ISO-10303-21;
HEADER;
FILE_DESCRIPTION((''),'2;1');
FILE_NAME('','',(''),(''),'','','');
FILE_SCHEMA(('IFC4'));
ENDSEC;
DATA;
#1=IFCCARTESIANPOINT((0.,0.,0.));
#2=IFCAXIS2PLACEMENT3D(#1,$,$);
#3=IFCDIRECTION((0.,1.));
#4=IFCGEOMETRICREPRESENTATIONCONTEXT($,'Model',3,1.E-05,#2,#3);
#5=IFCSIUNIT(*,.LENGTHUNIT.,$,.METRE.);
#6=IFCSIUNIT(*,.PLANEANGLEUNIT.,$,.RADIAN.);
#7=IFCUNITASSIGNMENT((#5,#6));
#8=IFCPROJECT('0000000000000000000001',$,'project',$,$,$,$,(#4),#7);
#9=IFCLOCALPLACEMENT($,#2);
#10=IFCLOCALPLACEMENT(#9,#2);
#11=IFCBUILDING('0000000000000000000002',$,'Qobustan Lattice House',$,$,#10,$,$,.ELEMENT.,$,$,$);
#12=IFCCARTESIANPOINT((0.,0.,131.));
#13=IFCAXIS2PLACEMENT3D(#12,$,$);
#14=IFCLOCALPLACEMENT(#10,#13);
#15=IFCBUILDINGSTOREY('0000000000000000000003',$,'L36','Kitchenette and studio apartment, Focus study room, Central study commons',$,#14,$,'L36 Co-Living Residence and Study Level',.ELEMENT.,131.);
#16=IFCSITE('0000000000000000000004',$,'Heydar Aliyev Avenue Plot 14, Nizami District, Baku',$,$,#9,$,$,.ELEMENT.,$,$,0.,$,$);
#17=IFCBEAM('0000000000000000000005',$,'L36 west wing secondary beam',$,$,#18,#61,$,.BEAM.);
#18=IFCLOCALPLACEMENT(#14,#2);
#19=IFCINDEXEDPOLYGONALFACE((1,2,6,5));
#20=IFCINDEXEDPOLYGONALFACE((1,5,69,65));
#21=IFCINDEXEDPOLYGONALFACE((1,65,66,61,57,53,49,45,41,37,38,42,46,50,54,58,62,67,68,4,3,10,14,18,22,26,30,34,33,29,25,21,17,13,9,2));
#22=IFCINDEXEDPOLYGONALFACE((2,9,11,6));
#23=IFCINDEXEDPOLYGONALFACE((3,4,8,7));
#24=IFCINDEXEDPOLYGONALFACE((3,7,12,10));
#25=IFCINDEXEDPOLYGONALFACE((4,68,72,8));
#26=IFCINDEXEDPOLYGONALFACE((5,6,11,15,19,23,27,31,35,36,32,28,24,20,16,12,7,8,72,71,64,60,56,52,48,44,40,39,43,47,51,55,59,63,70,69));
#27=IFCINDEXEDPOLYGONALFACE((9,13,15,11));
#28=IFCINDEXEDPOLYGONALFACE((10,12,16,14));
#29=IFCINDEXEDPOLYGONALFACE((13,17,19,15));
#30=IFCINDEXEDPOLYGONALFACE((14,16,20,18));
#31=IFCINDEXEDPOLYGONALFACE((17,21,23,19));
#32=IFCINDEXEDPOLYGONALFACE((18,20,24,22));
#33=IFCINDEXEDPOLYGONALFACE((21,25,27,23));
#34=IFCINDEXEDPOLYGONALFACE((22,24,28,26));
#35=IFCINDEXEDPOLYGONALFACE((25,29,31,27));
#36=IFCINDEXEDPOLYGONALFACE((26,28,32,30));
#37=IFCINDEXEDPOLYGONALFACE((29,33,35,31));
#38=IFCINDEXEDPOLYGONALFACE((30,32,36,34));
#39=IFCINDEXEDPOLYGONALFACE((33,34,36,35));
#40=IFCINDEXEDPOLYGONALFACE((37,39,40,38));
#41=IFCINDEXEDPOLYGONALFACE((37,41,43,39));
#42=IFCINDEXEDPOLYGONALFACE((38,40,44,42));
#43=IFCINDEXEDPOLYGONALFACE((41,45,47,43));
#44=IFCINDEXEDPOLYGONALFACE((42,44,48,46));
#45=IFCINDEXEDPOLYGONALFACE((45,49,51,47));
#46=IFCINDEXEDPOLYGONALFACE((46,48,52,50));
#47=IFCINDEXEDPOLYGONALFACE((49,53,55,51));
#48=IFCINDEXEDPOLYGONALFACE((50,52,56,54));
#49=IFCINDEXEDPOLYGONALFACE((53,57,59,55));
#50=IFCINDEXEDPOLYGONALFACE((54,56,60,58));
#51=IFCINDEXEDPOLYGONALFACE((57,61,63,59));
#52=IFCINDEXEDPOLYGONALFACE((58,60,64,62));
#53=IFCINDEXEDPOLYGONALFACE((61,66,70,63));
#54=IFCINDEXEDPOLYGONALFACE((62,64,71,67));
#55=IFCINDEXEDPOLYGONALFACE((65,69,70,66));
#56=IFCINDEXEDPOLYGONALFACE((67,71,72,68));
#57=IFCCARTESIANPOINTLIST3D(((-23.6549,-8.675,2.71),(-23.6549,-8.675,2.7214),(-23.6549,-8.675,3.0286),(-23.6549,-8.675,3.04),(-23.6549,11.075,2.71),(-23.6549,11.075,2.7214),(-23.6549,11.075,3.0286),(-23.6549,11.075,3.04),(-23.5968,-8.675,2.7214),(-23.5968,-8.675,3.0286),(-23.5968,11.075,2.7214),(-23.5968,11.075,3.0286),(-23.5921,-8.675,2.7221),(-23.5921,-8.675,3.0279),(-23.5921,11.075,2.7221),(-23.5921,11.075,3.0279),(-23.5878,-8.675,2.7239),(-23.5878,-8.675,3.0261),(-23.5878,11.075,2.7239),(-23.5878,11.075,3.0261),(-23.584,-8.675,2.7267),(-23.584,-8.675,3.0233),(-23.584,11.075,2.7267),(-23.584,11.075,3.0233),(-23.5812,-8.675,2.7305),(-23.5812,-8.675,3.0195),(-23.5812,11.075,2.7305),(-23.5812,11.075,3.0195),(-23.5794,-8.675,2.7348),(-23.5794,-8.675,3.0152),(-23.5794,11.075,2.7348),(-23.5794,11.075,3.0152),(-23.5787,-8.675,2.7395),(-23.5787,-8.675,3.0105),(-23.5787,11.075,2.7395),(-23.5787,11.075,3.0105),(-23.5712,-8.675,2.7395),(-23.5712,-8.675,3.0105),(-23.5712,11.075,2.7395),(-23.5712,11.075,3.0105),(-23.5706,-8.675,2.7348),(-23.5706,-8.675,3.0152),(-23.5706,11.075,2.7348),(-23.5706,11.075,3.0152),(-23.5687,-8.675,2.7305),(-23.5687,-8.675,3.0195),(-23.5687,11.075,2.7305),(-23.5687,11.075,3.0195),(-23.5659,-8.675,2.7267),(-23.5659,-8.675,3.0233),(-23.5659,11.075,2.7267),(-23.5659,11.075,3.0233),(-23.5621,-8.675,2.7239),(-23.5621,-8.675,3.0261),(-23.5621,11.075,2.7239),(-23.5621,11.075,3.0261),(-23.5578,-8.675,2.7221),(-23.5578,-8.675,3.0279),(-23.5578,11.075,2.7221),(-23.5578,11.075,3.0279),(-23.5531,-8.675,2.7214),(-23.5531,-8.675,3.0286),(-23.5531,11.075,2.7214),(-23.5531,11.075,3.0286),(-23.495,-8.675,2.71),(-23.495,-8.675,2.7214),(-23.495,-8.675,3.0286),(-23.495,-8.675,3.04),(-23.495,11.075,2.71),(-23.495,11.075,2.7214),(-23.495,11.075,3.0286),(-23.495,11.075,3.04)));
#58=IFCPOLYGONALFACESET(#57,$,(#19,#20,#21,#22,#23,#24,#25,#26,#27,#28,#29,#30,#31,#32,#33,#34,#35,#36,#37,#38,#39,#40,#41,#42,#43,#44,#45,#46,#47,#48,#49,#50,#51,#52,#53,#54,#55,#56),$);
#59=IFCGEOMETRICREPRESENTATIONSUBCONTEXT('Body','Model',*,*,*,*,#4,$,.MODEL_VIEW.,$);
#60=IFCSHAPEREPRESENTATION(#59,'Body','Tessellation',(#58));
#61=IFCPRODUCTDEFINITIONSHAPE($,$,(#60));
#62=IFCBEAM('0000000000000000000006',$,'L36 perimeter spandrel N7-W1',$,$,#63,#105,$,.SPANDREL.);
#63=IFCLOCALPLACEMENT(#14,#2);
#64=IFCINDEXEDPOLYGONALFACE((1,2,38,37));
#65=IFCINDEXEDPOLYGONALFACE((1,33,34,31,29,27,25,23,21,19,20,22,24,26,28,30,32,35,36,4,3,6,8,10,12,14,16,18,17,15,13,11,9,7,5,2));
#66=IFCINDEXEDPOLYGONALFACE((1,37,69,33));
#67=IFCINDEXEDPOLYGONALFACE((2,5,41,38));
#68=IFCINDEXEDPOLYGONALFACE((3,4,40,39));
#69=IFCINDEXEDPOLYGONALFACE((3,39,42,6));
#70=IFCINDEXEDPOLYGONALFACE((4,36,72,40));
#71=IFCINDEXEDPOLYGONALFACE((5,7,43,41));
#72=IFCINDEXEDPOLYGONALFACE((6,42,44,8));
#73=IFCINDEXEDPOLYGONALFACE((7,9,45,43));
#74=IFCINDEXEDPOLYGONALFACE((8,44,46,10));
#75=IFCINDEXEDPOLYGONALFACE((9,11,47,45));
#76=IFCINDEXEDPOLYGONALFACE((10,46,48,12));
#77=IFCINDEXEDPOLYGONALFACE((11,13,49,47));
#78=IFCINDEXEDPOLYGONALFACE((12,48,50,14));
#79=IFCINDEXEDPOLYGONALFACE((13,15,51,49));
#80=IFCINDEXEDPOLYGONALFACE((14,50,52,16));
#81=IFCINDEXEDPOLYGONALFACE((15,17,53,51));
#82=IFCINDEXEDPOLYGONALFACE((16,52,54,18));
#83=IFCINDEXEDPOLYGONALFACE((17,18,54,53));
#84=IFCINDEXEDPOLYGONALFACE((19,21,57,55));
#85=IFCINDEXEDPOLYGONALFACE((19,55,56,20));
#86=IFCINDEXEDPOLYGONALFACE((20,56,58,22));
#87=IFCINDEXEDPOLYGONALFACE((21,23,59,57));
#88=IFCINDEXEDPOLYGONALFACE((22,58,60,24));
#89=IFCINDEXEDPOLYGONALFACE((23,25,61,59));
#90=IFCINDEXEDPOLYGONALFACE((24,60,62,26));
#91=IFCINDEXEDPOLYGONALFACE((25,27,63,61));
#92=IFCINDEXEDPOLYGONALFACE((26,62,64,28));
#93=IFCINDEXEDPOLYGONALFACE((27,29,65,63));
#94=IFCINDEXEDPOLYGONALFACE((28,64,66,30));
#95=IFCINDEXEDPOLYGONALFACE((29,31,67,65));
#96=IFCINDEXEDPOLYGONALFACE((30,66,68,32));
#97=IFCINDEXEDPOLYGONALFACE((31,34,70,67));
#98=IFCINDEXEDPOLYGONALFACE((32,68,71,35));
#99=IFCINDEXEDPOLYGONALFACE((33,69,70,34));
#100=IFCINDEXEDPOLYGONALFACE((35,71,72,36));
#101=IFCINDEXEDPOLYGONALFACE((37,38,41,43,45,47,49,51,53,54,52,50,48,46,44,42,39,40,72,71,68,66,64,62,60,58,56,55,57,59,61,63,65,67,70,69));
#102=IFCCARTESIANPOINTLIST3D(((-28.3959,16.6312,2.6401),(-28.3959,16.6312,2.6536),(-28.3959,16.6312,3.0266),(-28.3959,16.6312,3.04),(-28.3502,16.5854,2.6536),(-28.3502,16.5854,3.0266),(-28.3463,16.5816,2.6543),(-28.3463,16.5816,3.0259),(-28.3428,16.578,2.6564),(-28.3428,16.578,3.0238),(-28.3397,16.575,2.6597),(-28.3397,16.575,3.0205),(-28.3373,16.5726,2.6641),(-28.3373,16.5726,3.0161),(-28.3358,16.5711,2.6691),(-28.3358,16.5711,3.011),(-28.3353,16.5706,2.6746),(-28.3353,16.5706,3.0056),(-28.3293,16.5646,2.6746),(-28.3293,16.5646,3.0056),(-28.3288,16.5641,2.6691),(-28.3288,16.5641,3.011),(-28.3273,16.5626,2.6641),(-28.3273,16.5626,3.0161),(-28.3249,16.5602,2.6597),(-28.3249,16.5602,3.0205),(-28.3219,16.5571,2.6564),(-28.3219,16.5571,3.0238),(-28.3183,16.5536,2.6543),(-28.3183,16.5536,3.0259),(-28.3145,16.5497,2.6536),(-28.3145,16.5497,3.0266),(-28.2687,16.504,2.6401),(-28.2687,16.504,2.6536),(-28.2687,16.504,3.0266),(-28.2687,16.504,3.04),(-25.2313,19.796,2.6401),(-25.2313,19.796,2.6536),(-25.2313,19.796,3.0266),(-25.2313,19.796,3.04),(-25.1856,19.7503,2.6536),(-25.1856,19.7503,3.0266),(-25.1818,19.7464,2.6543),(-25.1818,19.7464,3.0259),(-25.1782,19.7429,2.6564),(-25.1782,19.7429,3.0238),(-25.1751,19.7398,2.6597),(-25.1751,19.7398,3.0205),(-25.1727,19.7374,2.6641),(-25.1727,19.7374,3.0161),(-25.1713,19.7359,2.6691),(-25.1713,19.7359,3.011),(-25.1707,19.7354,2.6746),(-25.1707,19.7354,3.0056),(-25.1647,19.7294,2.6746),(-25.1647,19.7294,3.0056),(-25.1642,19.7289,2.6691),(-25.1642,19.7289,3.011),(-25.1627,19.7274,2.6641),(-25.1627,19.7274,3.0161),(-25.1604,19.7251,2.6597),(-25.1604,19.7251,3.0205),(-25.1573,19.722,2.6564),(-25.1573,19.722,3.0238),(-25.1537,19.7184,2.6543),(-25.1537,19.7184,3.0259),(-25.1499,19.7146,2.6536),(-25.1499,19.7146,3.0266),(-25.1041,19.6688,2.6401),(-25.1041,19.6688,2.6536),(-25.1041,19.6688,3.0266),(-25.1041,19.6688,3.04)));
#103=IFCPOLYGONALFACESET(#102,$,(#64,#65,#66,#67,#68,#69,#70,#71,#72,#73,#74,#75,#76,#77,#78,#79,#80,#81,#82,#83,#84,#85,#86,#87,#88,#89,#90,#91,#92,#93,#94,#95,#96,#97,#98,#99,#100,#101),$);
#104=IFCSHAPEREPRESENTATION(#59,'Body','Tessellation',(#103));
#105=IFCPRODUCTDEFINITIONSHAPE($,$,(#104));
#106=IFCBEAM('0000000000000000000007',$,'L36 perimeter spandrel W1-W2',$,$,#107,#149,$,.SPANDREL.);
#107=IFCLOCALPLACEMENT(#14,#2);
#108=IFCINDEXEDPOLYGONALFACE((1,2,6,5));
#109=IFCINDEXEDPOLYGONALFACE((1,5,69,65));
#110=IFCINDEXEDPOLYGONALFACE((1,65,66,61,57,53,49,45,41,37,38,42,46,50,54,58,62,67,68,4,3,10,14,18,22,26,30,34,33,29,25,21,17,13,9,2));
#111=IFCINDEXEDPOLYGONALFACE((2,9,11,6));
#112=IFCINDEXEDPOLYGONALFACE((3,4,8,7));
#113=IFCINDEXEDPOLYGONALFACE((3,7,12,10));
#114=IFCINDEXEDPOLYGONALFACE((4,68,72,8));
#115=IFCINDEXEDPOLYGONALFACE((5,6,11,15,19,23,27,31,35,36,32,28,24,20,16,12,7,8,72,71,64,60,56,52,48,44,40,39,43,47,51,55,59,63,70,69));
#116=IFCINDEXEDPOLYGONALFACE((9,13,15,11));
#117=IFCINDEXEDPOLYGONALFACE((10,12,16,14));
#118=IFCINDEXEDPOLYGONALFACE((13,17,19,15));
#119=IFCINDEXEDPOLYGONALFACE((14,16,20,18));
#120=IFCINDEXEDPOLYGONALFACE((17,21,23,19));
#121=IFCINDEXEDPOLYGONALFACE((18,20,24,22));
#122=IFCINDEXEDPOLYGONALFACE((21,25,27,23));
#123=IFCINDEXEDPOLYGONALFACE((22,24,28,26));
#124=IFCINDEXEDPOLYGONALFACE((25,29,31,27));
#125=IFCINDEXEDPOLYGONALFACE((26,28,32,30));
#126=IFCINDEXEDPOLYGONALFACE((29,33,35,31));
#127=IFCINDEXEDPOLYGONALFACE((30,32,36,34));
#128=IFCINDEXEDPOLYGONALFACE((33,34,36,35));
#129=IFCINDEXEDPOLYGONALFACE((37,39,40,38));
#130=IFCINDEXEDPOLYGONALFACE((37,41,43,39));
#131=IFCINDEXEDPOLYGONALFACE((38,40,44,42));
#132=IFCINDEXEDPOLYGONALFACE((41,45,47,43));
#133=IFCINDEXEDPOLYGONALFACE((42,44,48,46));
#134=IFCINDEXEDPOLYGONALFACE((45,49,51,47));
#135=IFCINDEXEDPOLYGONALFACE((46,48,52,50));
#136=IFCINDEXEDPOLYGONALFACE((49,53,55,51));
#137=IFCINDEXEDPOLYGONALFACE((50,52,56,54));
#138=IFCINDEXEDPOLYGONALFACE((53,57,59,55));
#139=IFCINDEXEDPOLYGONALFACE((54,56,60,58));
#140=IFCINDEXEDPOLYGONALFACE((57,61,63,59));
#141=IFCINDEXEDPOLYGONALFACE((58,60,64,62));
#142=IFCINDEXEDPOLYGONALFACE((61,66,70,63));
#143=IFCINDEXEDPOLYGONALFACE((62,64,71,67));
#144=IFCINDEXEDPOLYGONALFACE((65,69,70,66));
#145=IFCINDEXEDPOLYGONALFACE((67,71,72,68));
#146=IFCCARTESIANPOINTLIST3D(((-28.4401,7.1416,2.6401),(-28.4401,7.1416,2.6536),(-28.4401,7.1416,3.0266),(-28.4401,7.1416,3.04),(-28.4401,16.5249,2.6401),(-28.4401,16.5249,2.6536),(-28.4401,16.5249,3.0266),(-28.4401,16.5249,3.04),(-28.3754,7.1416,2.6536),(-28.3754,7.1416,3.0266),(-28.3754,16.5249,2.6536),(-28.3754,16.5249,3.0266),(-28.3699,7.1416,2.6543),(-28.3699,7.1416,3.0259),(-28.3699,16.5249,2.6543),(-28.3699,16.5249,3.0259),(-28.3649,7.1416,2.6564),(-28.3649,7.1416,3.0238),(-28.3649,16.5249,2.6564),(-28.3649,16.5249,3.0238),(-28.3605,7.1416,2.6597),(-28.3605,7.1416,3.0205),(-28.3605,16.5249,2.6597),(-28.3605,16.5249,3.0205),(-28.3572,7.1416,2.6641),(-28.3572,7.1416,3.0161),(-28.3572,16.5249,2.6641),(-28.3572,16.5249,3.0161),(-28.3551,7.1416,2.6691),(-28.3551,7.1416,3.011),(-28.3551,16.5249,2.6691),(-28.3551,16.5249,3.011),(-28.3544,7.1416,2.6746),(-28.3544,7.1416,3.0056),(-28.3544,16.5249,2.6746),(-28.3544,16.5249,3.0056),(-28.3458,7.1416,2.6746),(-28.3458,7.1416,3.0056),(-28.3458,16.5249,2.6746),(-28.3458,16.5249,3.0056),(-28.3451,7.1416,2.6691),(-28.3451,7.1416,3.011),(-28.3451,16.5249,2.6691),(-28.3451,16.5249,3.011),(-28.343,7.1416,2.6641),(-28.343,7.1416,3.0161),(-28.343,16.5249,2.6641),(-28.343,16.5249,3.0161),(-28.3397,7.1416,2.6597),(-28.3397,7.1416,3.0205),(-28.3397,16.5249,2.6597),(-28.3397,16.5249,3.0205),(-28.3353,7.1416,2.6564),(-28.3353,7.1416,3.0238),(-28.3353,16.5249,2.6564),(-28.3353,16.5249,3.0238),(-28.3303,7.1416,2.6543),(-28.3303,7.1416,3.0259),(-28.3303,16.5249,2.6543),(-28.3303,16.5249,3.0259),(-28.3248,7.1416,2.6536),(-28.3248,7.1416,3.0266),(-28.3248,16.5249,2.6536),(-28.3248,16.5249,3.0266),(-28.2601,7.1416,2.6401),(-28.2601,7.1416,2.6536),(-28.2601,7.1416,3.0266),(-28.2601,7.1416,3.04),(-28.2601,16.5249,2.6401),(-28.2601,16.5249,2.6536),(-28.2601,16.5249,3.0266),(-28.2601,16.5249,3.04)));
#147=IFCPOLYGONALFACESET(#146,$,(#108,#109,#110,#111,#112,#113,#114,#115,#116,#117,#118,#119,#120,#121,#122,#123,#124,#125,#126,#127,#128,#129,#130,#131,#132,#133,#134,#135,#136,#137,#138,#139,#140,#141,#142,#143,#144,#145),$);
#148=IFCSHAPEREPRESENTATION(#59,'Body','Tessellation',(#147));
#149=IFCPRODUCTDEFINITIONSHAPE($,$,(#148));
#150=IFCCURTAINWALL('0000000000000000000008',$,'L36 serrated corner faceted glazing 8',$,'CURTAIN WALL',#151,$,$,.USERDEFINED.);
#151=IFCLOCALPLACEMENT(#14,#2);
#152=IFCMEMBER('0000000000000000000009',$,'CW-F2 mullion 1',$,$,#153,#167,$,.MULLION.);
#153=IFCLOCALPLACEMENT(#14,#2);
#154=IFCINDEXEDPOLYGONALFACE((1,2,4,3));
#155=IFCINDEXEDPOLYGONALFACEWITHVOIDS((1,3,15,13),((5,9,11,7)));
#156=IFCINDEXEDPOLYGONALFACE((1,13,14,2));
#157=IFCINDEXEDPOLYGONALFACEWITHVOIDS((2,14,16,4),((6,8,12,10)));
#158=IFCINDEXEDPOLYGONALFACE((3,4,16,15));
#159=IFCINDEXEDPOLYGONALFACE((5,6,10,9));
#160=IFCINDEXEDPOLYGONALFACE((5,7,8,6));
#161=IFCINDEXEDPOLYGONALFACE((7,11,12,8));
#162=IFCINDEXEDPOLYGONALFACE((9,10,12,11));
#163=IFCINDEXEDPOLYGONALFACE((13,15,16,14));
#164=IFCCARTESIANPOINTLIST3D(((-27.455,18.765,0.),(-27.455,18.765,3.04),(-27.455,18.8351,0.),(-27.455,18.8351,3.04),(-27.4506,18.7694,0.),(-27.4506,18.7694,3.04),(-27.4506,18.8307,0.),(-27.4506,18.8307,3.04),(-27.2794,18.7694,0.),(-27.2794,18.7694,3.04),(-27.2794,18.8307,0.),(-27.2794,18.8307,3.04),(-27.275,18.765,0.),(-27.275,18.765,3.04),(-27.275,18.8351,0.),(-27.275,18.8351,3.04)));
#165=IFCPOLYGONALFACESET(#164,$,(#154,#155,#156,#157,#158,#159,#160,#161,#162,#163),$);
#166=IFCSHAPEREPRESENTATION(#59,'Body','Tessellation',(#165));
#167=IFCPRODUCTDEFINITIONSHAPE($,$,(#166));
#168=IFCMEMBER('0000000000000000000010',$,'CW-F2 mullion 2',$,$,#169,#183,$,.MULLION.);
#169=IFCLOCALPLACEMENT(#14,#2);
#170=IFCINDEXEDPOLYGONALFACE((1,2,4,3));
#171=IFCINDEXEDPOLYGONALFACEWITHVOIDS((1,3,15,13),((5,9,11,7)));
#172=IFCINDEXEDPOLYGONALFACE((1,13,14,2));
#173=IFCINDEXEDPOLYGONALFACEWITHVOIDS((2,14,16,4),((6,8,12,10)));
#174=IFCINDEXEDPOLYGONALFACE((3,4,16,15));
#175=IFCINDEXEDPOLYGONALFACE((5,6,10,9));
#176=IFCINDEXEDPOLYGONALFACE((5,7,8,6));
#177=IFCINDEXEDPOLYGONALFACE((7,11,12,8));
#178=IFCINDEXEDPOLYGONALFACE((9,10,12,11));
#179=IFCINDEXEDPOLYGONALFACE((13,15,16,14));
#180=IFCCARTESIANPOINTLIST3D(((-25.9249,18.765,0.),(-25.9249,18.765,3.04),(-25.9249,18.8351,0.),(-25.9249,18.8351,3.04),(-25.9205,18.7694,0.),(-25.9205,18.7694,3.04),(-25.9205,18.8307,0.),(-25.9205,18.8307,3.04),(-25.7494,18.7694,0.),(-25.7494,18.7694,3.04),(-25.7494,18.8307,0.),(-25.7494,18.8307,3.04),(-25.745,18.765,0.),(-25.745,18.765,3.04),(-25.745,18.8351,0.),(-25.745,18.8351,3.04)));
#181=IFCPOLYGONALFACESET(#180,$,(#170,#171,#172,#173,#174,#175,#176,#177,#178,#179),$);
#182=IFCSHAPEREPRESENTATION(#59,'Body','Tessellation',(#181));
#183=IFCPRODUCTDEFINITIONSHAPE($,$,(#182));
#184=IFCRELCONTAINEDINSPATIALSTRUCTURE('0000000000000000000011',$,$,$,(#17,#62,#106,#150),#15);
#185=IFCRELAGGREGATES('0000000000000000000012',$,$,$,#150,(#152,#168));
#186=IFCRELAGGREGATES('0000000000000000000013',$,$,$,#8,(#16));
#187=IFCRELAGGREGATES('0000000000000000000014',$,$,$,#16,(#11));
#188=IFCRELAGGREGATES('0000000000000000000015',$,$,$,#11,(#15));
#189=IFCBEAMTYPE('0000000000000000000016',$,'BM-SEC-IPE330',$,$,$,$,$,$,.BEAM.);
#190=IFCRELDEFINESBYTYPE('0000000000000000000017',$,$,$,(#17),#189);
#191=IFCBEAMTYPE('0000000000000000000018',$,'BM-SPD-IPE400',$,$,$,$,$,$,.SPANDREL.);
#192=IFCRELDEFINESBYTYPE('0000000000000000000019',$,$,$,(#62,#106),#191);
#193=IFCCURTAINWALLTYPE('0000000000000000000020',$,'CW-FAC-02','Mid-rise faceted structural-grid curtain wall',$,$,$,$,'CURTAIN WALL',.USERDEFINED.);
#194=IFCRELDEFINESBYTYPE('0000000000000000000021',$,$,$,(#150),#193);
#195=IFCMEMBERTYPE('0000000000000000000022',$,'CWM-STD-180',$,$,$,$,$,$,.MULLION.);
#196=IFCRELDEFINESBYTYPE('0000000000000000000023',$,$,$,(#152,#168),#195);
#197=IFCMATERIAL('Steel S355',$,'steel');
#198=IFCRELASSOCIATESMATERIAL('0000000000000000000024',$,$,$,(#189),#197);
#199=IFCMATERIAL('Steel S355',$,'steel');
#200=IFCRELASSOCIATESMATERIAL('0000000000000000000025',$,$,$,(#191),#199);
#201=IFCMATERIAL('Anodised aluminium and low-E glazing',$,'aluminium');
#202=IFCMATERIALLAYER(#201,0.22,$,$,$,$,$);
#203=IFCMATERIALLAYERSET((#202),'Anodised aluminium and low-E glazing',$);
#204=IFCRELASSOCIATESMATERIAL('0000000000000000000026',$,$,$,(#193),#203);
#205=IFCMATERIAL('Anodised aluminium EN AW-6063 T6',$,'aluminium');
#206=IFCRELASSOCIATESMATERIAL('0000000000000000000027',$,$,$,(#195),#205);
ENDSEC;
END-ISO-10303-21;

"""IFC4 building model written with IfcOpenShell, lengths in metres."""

from ifc_helpers import new_model, si_unit, direction, frame, origin, origin_2d, place, context, subcontext, project, spatial, hollow_rectangle, i_section, extrude, material, layer, layer_set, material_profile, profile_set, type_object, element, aggregate, save


model = new_model("IFC4")

# Units and contexts
model_context = context("Model", 3, precision=1e-05, world=origin(), true_north=direction((0.0, 1.0)))
body_context = subcontext(model_context, "Body", "Model", "MODEL_VIEW")
ifc_project = project(units=[si_unit("LENGTHUNIT", "METRE"), si_unit("PLANEANGLEUNIT", "RADIAN")], contexts=[model_context])

# Site, building, storey
site_placement = place(None, origin())
site = spatial("IfcSite", under=ifc_project, at=site_placement, Name="Heydar Aliyev Avenue Plot 14, Nizami District, Baku", CompositionType="ELEMENT", RefElevation=0.0)
building_placement = place(site_placement, origin())
building = spatial("IfcBuilding", under=site, at=building_placement, Name="Qobustan Lattice House", CompositionType="ELEMENT")
storey_placement = place(building_placement, frame((0.0, 0.0, 131.0)))
storey = spatial("IfcBuildingStorey", under=building, at=storey_placement, Name="L36", Description="Kitchenette and studio apartment, Focus study room, Central study commons", LongName="L36 Co-Living Residence and Study Level", CompositionType="ELEMENT", Elevation=131.0)

# Beams
ifc_material_1 = material(Name="Steel S355", Category="steel")
ifc_material_profile_1 = material_profile(ifc_material_1, i_section(OverallWidth=0.1599, OverallDepth=0.3301, WebThickness=0.0076, FlangeThickness=0.0115, FilletRadius=0.0181, at=origin_2d()), Name="IPE330")
ifc_profile_set_1 = profile_set([ifc_material_profile_1], Name="Steel S355")
beam_type_1 = type_object("IfcBeamType", Name="BM-SEC-IPE330", PredefinedType="BEAM", material=ifc_profile_set_1)
beam_1_placement = place(storey_placement, frame((-23.575, 11.075, 2.875), z_axis=(0.0, -1.0, 0.0), x_axis=(1.0, 0.0, 0.0)))
element("IfcBeam", 1, at=beam_1_placement, inside=storey, type_object=beam_type_1, Name="L36 west wing secondary beam", PredefinedType="BEAM", context=body_context, shape_type="SweptSolid", body=[
    extrude(i_section(OverallWidth=0.1599, OverallDepth=0.3301, WebThickness=0.0076, FlangeThickness=0.0115, FilletRadius=0.0181, at=origin_2d()), origin(), (0.0, 0.0, 1.0), 19.75),
])
ifc_material_2 = material(Name="Steel S355", Category="steel")
ifc_material_profile_2 = material_profile(ifc_material_2, i_section(OverallWidth=0.1799, OverallDepth=0.3999, WebThickness=0.0085, FlangeThickness=0.0134, FilletRadius=0.021, at=origin_2d()), Name="IPE400")
ifc_profile_set_2 = profile_set([ifc_material_profile_2], Name="Steel S355")
beam_type_2 = type_object("IfcBeamType", Name="BM-SPD-IPE400", PredefinedType="SPANDREL", material=ifc_profile_set_2)
beam_2_placement = place(storey_placement, frame((-25.1677, 19.7324, 2.8401), z_axis=(-0.70708, -0.707134, 0.0), x_axis=(0.707134, -0.70708, 0.0)))
element("IfcBeam", 2, at=beam_2_placement, inside=storey, type_object=beam_type_2, Name="L36 perimeter spandrel N7-W1", PredefinedType="SPANDREL", context=body_context, shape_type="SweptSolid", body=[
    extrude(i_section(OverallWidth=0.1799, OverallDepth=0.3999, WebThickness=0.0085, FlangeThickness=0.0134, FilletRadius=0.021, at=origin_2d()), origin(), (0.0, 0.0, 1.0), 4.4756),
])
beam_3_placement = place(storey_placement, frame((-28.3501, 16.5249, 2.8401), z_axis=(0.0, -1.0, 0.0), x_axis=(1.0, 0.0, 0.0)))
element("IfcBeam", 3, at=beam_3_placement, inside=storey, type_object=beam_type_2, Name="L36 perimeter spandrel W1-W2", PredefinedType="SPANDREL", context=body_context, shape_type="SweptSolid", body=[
    extrude(i_section(OverallWidth=0.1799, OverallDepth=0.3999, WebThickness=0.0085, FlangeThickness=0.0134, FilletRadius=0.021, at=origin_2d()), origin(), (0.0, 0.0, 1.0), 9.3833),
])

# Curtain wall, members
ifc_material_3 = material(Name="Anodised aluminium and low-E glazing", Category="aluminium")
ifc_layer_1 = layer(ifc_material_3, 0.22)
ifc_layer_set_1 = layer_set([ifc_layer_1], Name="Anodised aluminium and low-E glazing")
curtain_wall_type = type_object("IfcCurtainWallType", Name="CW-FAC-02", Description="Mid-rise faceted structural-grid curtain wall", ElementType="CURTAIN WALL", PredefinedType="USERDEFINED", material=ifc_layer_set_1)
curtain_wall_placement = place(storey_placement, origin())
curtain_wall = element("IfcCurtainWall", 4, at=curtain_wall_placement, inside=storey, type_object=curtain_wall_type, Name="L36 serrated corner faceted glazing 8", ObjectType="CURTAIN WALL", PredefinedType="USERDEFINED")
ifc_material_4 = material(Name="Anodised aluminium EN AW-6063 T6", Category="aluminium")
ifc_material_profile_3 = material_profile(ifc_material_4, hollow_rectangle(XDim=0.0701, YDim=0.1799, WallThickness=0.0044, at=origin_2d()), Name="CWM-180x70")
ifc_profile_set_3 = profile_set([ifc_material_profile_3], Name="Anodised aluminium EN AW-6063 T6")
member_type_1 = type_object("IfcMemberType", Name="CWM-STD-180", PredefinedType="MULLION", material=ifc_profile_set_3)
member_1_placement = place(storey_placement, frame((-27.365, 18.8, 0.0), z_axis=(0.0, 0.0, 1.0), x_axis=(0.0, 1.0, 0.0)))
member_1 = element("IfcMember", 5, at=member_1_placement, type_object=member_type_1, Name="CW-F2 mullion 1", PredefinedType="MULLION", context=body_context, shape_type="SweptSolid", body=[
    extrude(hollow_rectangle(XDim=0.0701, YDim=0.1799, WallThickness=0.0044, at=origin_2d()), origin(), (0.0, 0.0, 1.0), 3.04),
])
member_2_placement = place(storey_placement, frame((-25.835, 18.8, 0.0), z_axis=(0.0, 0.0, 1.0), x_axis=(0.0, 1.0, 0.0)))
member_2 = element("IfcMember", 6, at=member_2_placement, type_object=member_type_1, Name="CW-F2 mullion 2", PredefinedType="MULLION", context=body_context, shape_type="SweptSolid", body=[
    extrude(hollow_rectangle(XDim=0.0701, YDim=0.1799, WallThickness=0.0044, at=origin_2d()), origin(), (0.0, 0.0, 1.0), 3.04),
])
aggregate(curtain_wall, [member_1, member_2])

save(model, "model.ifc")
